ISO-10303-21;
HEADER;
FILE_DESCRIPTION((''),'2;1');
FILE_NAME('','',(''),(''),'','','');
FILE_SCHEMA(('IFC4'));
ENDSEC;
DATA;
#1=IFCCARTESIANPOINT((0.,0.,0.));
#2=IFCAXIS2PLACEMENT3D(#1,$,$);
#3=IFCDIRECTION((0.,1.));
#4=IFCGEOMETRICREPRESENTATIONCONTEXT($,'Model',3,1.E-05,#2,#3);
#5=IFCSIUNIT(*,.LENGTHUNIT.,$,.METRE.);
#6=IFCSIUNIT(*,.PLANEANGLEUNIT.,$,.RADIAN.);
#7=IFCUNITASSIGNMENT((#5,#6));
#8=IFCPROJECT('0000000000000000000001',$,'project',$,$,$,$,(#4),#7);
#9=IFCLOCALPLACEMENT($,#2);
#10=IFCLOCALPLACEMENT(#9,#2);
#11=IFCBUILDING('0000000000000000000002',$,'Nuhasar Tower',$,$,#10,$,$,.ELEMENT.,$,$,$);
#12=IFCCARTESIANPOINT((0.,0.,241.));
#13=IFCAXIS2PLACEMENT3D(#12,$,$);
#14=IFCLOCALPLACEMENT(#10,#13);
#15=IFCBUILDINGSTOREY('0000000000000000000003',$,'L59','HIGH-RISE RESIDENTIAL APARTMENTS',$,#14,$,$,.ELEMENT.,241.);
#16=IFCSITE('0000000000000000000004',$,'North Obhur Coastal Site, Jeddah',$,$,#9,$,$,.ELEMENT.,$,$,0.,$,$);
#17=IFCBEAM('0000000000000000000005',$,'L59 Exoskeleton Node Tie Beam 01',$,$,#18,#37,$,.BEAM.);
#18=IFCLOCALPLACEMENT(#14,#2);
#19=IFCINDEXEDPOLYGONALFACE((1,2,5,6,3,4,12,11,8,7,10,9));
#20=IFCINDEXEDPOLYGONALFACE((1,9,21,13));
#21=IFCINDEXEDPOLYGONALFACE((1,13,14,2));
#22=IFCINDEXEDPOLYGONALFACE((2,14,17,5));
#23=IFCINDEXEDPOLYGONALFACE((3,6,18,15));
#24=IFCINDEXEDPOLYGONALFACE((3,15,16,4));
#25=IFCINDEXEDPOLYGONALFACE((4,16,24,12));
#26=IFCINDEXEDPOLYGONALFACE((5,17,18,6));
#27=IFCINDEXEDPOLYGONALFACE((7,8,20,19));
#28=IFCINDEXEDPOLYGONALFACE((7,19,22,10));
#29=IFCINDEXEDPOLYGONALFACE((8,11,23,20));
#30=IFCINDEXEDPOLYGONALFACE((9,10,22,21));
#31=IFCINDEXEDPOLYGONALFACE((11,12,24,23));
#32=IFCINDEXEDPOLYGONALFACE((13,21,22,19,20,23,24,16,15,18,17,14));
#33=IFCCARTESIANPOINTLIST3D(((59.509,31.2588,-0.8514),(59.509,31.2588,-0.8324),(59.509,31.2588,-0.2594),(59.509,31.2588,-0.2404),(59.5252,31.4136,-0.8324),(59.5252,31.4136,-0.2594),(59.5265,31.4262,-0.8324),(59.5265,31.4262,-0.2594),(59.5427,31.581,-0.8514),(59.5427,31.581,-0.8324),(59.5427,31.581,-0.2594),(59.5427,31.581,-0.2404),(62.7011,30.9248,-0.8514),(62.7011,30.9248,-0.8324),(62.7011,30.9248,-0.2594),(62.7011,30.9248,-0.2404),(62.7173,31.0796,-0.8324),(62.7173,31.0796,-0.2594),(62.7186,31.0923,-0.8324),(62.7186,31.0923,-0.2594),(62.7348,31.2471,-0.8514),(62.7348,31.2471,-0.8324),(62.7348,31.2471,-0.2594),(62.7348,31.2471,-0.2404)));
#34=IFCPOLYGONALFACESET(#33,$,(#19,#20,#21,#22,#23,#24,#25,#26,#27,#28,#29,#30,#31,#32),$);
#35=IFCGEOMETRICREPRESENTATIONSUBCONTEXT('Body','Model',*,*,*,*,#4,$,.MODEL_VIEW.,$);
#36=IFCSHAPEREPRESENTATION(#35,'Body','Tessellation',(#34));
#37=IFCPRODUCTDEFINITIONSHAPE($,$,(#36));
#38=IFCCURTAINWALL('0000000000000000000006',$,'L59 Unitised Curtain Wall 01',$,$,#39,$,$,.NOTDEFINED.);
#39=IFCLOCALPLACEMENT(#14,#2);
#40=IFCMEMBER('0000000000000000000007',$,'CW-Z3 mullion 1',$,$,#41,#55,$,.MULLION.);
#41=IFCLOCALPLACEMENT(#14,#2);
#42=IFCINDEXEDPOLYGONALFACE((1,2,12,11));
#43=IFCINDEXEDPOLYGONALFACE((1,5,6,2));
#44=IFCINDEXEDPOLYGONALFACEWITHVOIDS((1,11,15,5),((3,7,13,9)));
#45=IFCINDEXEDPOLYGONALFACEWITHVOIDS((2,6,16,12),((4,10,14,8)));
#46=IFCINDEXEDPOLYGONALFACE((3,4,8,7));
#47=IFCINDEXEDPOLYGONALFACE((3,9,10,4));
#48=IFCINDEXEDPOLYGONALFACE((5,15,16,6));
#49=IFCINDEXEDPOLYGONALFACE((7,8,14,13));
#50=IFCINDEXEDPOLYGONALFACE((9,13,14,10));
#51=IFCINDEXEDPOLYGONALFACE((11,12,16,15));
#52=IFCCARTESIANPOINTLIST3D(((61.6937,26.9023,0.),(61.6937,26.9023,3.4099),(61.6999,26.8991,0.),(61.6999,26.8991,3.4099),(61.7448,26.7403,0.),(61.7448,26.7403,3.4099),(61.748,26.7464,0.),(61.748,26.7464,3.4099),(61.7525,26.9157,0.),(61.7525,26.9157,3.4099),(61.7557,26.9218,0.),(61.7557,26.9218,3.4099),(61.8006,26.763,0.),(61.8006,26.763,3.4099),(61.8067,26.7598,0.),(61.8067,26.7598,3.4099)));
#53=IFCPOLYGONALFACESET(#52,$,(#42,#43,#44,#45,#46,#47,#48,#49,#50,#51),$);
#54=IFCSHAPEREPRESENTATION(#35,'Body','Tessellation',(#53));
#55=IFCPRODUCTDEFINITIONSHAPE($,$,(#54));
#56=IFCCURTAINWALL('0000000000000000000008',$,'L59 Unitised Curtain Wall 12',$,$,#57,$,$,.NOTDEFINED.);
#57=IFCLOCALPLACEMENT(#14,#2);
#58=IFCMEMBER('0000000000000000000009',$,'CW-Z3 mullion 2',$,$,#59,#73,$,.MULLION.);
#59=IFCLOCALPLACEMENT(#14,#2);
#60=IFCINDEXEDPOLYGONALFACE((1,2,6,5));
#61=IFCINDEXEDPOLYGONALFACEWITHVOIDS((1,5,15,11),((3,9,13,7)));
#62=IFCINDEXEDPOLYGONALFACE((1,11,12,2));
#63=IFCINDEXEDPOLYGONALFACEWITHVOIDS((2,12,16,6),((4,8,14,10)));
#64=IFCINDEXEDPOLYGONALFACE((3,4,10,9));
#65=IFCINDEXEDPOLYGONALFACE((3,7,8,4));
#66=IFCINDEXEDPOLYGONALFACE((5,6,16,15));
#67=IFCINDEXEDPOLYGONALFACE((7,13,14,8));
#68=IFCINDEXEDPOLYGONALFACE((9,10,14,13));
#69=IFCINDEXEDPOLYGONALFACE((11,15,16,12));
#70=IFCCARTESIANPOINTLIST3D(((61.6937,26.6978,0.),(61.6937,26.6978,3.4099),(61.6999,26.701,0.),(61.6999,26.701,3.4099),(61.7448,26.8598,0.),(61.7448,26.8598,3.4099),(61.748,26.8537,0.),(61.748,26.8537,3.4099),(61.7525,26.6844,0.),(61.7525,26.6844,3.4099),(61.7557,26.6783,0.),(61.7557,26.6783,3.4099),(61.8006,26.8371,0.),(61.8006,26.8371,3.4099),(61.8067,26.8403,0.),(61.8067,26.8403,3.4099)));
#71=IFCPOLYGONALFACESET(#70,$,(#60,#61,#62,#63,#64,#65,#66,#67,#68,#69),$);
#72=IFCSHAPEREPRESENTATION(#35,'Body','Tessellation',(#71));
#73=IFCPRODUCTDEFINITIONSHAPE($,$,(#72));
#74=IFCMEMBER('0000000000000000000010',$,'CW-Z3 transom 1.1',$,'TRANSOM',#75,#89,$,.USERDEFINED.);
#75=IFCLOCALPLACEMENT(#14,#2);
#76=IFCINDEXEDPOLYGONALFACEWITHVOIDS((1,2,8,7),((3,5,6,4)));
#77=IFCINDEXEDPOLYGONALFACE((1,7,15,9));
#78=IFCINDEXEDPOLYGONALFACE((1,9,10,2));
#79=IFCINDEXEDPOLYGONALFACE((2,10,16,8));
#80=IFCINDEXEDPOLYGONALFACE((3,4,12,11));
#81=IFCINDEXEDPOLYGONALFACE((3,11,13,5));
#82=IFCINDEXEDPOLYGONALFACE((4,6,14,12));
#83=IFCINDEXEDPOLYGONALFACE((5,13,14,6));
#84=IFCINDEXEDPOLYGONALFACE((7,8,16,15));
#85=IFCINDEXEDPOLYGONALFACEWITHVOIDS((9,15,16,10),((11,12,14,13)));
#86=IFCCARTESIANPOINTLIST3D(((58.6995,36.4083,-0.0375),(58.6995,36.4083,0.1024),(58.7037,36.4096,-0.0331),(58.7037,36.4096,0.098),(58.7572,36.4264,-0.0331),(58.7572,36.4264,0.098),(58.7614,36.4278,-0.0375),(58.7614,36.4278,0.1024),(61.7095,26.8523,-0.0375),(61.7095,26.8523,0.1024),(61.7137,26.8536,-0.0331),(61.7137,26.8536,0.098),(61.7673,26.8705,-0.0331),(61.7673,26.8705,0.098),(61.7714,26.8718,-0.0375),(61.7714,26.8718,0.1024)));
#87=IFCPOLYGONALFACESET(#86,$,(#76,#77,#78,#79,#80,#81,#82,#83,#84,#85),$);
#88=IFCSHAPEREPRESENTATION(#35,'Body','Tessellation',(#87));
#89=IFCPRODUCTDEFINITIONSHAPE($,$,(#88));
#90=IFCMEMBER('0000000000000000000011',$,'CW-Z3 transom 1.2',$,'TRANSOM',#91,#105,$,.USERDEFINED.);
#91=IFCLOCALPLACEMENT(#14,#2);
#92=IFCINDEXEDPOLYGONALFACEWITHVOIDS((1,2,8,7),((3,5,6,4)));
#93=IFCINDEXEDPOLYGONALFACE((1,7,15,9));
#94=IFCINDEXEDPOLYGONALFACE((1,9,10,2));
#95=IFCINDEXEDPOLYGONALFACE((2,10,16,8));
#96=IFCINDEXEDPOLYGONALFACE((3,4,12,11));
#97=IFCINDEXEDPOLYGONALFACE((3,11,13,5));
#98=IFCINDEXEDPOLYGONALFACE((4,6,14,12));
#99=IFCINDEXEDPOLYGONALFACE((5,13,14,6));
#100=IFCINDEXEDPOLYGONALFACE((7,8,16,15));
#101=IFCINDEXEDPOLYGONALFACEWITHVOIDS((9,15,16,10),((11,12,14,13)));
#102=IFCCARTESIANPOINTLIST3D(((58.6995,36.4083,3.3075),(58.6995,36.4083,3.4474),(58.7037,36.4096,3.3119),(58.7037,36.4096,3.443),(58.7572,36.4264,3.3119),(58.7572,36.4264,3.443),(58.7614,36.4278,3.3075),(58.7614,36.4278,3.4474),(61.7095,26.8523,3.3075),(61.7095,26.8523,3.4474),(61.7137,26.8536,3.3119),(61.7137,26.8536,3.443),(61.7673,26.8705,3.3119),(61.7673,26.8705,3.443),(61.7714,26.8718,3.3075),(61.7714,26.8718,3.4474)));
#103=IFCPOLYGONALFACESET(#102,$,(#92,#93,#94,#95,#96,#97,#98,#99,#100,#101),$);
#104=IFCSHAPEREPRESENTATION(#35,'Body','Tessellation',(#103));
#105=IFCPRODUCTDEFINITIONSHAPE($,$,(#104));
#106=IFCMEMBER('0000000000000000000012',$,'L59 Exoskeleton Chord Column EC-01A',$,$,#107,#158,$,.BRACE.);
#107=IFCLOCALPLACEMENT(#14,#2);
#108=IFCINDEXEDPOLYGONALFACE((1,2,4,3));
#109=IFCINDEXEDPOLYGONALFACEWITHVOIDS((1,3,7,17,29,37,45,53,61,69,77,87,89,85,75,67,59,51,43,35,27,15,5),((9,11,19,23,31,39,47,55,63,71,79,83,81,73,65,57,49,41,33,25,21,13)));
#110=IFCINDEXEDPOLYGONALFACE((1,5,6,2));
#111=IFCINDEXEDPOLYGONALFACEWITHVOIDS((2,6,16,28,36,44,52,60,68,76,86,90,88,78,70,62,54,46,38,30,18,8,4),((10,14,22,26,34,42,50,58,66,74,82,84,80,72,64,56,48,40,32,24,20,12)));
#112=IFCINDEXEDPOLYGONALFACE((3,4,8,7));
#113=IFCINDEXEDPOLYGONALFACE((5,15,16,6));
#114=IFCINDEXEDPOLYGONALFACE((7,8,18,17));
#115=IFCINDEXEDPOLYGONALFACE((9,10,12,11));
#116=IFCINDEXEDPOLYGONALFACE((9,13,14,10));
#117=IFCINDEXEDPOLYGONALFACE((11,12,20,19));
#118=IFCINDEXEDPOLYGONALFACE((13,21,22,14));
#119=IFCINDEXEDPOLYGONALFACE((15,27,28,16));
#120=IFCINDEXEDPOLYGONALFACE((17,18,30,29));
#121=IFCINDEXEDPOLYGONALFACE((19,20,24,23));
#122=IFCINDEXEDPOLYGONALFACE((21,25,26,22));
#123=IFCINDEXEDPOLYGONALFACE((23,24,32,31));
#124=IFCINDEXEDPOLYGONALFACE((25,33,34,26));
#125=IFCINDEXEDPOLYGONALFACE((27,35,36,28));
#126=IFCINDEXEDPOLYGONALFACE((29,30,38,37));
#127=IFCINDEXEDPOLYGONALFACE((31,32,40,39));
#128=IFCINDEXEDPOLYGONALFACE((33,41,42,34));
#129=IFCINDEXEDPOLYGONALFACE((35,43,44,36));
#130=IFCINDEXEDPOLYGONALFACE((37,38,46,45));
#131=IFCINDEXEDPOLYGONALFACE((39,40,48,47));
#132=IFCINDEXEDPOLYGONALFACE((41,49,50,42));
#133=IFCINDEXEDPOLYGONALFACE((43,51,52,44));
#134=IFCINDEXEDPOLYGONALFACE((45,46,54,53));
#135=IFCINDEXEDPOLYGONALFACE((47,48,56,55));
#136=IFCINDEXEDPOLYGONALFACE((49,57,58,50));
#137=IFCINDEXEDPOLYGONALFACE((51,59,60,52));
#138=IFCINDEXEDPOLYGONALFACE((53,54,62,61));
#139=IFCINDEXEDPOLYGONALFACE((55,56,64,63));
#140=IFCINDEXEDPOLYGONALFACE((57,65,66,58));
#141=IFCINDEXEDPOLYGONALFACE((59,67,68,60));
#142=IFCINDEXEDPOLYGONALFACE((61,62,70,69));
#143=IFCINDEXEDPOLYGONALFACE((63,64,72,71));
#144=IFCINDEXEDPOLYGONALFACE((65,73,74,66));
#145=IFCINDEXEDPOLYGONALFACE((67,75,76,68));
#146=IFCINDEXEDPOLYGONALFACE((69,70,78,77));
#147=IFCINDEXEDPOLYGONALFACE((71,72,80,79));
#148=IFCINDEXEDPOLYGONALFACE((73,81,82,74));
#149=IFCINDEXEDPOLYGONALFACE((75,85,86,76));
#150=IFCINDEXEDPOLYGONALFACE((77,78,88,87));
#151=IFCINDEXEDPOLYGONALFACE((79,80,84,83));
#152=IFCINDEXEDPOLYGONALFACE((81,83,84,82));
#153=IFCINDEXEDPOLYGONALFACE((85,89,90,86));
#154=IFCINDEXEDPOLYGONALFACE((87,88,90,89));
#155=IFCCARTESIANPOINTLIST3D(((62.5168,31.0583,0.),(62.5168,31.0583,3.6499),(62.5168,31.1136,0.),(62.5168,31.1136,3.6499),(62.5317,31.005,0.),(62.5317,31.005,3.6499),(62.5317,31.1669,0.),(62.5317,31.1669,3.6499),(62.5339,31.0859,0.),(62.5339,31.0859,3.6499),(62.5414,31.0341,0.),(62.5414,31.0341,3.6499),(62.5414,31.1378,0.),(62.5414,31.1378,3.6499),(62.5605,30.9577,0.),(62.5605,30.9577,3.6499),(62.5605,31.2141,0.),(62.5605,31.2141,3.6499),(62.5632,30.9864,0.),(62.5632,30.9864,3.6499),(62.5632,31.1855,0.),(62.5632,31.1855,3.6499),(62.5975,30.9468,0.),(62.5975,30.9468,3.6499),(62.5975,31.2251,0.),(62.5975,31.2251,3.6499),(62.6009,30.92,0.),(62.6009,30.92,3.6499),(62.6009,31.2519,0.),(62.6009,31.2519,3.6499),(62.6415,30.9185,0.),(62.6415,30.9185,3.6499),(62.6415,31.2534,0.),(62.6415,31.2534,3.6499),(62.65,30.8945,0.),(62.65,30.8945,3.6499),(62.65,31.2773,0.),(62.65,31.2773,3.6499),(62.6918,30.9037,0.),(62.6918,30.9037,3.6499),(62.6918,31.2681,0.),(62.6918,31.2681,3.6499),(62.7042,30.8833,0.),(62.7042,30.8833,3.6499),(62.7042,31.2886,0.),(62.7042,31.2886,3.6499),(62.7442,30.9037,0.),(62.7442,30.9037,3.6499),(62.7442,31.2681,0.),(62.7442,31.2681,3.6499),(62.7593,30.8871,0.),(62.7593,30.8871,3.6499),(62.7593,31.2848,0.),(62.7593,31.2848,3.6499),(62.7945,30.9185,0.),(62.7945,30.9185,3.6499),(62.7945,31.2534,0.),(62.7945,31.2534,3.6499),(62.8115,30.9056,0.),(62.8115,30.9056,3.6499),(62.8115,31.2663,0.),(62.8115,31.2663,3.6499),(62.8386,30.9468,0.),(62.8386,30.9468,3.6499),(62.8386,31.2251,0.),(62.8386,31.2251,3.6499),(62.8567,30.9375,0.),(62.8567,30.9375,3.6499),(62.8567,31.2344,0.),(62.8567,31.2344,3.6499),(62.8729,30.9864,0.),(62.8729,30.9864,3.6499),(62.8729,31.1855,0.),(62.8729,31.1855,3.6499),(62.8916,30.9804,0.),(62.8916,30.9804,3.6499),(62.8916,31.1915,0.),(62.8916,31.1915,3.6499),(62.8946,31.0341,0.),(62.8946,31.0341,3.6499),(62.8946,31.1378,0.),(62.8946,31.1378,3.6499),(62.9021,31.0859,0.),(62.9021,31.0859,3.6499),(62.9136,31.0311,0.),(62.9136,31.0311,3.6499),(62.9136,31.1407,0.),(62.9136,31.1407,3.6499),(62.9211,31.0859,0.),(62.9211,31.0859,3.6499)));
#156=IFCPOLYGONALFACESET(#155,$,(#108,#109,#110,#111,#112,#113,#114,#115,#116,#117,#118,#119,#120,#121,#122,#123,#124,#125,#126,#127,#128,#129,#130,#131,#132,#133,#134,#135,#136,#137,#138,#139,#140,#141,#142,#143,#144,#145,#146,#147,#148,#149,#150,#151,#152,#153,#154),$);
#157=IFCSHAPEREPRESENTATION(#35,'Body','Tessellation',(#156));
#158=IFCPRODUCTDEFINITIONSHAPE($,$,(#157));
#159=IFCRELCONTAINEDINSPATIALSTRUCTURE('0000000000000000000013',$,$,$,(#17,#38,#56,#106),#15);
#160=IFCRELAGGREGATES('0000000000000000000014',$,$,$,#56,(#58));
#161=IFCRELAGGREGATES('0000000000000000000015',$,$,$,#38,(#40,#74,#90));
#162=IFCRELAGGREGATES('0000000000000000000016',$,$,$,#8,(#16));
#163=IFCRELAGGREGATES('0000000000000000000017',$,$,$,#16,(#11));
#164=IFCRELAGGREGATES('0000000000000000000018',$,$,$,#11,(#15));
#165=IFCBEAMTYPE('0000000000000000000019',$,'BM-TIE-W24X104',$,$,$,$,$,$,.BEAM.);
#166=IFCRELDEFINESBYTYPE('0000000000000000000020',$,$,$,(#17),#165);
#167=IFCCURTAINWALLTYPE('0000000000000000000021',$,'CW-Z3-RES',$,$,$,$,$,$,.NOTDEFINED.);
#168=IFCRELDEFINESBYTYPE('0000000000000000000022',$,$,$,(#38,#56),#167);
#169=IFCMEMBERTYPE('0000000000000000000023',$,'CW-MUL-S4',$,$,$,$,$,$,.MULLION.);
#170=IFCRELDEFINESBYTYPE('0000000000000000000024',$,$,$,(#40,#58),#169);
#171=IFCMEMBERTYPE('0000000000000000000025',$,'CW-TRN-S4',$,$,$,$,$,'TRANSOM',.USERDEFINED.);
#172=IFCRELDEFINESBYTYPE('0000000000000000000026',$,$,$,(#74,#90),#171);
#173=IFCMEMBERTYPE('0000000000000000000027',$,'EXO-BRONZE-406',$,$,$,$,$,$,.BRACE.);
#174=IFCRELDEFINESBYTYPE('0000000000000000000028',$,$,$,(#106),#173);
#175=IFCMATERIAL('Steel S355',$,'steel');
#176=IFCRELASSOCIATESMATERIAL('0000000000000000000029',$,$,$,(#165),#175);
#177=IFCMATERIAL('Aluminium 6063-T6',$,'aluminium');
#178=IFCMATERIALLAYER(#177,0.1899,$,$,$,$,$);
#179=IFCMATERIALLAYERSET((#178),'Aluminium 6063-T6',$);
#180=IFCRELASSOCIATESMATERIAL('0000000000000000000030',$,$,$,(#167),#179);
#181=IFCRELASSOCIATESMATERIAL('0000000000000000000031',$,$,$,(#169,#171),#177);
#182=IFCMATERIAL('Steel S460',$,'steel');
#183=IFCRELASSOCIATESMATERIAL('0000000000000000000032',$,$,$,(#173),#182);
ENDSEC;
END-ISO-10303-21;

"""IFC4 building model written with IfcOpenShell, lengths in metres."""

from ifc_helpers import new_model, si_unit, direction, frame, origin, origin_2d, place, context, subcontext, project, spatial, hollow_rectangle, hollow_circle, i_section, extrude, material, layer, layer_set, material_profile, profile_set, type_object, element, aggregate, save


model = new_model("IFC4")

# Units and contexts
model_context = context("Model", 3, precision=1e-05, world=origin(), true_north=direction((0.0, 1.0)))
body_context = subcontext(model_context, "Body", "Model", "MODEL_VIEW")
ifc_project = project(units=[si_unit("LENGTHUNIT", "METRE"), si_unit("PLANEANGLEUNIT", "RADIAN")], contexts=[model_context])

# Site, building, storey
site_placement = place(None, origin())
site = spatial("IfcSite", under=ifc_project, at=site_placement, Name="North Obhur Coastal Site, Jeddah", CompositionType="ELEMENT", RefElevation=0.0)
building_placement = place(site_placement, origin())
building = spatial("IfcBuilding", under=site, at=building_placement, Name="Nuhasar Tower", CompositionType="ELEMENT")
storey_placement = place(building_placement, frame((0.0, 0.0, 241.0)))
storey = spatial("IfcBuildingStorey", under=building, at=storey_placement, Name="L59", Description="HIGH-RISE RESIDENTIAL APARTMENTS", CompositionType="ELEMENT", Elevation=241.0)

# Beam
ifc_material_1 = material(Name="Steel S355", Category="steel")
ifc_material_profile_1 = material_profile(ifc_material_1, i_section(OverallWidth=0.324, OverallDepth=0.6111, WebThickness=0.0127, FlangeThickness=0.019, at=origin_2d()), Name="W24X104")
ifc_profile_set_1 = profile_set([ifc_material_profile_1], Name="Steel S355")
beam_type_1 = type_object("IfcBeamType", Name="BM-TIE-W24X104", PredefinedType="BEAM", material=ifc_profile_set_1)
beam_1_placement = place(storey_placement, frame((59.5259, 31.4199, -0.5459), z_axis=(0.994571, -0.104059, 0.0), x_axis=(0.104059, 0.994571, 0.0)))
element("IfcBeam", 1, at=beam_1_placement, inside=storey, type_object=beam_type_1, Name="L59 Exoskeleton Node Tie Beam 01", PredefinedType="BEAM", context=body_context, shape_type="SweptSolid", body=[
    extrude(i_section(OverallWidth=0.324, OverallDepth=0.6111, WebThickness=0.0127, FlangeThickness=0.019, at=origin_2d()), origin(), (0.0, 0.0, 1.0), 3.2095),
])

# Curtain walls, members
ifc_material_2 = material(Name="Aluminium 6063-T6", Category="aluminium")
ifc_layer_1 = layer(ifc_material_2, 0.1899)
ifc_layer_set_1 = layer_set([ifc_layer_1], Name="Aluminium 6063-T6")
curtain_wall_type = type_object("IfcCurtainWallType", Name="CW-Z3-RES", PredefinedType="NOTDEFINED", material=ifc_layer_set_1)
curtain_wall_1_placement = place(storey_placement, origin())
curtain_wall_1 = element("IfcCurtainWall", 2, at=curtain_wall_1_placement, inside=storey, type_object=curtain_wall_type, Name="L59 Unitised Curtain Wall 01", PredefinedType="NOTDEFINED")
ifc_material_profile_2 = material_profile(ifc_material_2, hollow_rectangle(XDim=0.0649, YDim=0.1699, WallThickness=0.0049, at=origin_2d()), Name="CWM-4")
ifc_profile_set_2 = profile_set([ifc_material_profile_2], Name="Aluminium 6063-T6")
member_type_1 = type_object("IfcMemberType", Name="CW-MUL-S4", PredefinedType="MULLION", material=ifc_profile_set_2)
member_1_placement = place(storey_placement, frame((61.7502, 26.8311, 0.0), z_axis=(0.0, 0.0, 1.0), x_axis=(-0.953804, -0.300429, 0.0)))
member_1 = element("IfcMember", 3, at=member_1_placement, type_object=member_type_1, Name="CW-Z3 mullion 1", PredefinedType="MULLION", context=body_context, shape_type="SweptSolid", body=[
    extrude(hollow_rectangle(XDim=0.0649, YDim=0.1699, WallThickness=0.0049, at=origin_2d()), origin(), (0.0, 0.0, 1.0), 3.4099),
])
curtain_wall_2_placement = place(storey_placement, origin())
curtain_wall_2 = element("IfcCurtainWall", 4, at=curtain_wall_2_placement, inside=storey, type_object=curtain_wall_type, Name="L59 Unitised Curtain Wall 12", PredefinedType="NOTDEFINED")
member_2_placement = place(storey_placement, frame((61.7502, 26.769, 0.0), z_axis=(0.0, 0.0, 1.0), x_axis=(-0.953804, 0.300429, 0.0)))
member_2 = element("IfcMember", 5, at=member_2_placement, type_object=member_type_1, Name="CW-Z3 mullion 2", PredefinedType="MULLION", context=body_context, shape_type="SweptSolid", body=[
    extrude(hollow_rectangle(XDim=0.0649, YDim=0.1699, WallThickness=0.0049, at=origin_2d()), origin(), (0.0, 0.0, 1.0), 3.4099),
])
aggregate(curtain_wall_2, [member_2])

# Members
ifc_material_profile_3 = material_profile(ifc_material_2, hollow_rectangle(XDim=0.0649, YDim=0.1399, WallThickness=0.0044, at=origin_2d()), Name="CWT-4")
ifc_profile_set_3 = profile_set([ifc_material_profile_3], Name="Aluminium 6063-T6")
member_type_2 = type_object("IfcMemberType", Name="CW-TRN-S4", ElementType="TRANSOM", PredefinedType="USERDEFINED", material=ifc_profile_set_3)
member_3_placement = place(storey_placement, frame((61.7405, 26.8621, 0.0325), z_axis=(-0.300437, 0.953802, 0.0), x_axis=(-0.953802, -0.300437, 0.0)))
member_3 = element("IfcMember", 6, at=member_3_placement, type_object=member_type_2, Name="CW-Z3 transom 1.1", ObjectType="TRANSOM", PredefinedType="USERDEFINED", context=body_context, shape_type="SweptSolid", body=[
    extrude(hollow_rectangle(XDim=0.0649, YDim=0.1399, WallThickness=0.0044, at=origin_2d()), origin(), (0.0, 0.0, 1.0), 10.0188),
])
member_4_placement = place(storey_placement, frame((61.7405, 26.8621, 3.3774), z_axis=(-0.300437, 0.953802, 0.0), x_axis=(-0.953802, -0.300437, 0.0)))
member_4 = element("IfcMember", 7, at=member_4_placement, type_object=member_type_2, Name="CW-Z3 transom 1.2", ObjectType="TRANSOM", PredefinedType="USERDEFINED", context=body_context, shape_type="SweptSolid", body=[
    extrude(hollow_rectangle(XDim=0.0649, YDim=0.1399, WallThickness=0.0044, at=origin_2d()), origin(), (0.0, 0.0, 1.0), 10.0188),
])

# Member
ifc_material_3 = material(Name="Steel S460", Category="steel")
ifc_material_profile_4 = material_profile(ifc_material_3, hollow_circle(Radius=0.2031, WallThickness=0.019, at=origin_2d()), Name="HSS406.4X19.1")
ifc_profile_set_4 = profile_set([ifc_material_profile_4], Name="Steel S460")
member_type_3 = type_object("IfcMemberType", Name="EXO-BRONZE-406", PredefinedType="BRACE", material=ifc_profile_set_4)
for number, where, z_axis, x_axis, name in (
    (8, (62.718, 31.0859, 0.0), (0.0, 0.0, 1.0), (1.0, 0.0, 0.0), "L59 Exoskeleton Chord Column EC-01A"),
):
    element("IfcMember", number, at=place(storey_placement, frame(where, z_axis=z_axis, x_axis=x_axis)), inside=storey, type_object=member_type_3, Name=name, PredefinedType="BRACE", context=body_context, shape_type="SweptSolid", body=[
        extrude(hollow_circle(Radius=0.2031, WallThickness=0.019, at=origin_2d()), origin(), (0.0, 0.0, 1.0), 3.6499),
    ])

aggregate(curtain_wall_1, [member_1, member_3, member_4])

save(model, "model.ifc")
